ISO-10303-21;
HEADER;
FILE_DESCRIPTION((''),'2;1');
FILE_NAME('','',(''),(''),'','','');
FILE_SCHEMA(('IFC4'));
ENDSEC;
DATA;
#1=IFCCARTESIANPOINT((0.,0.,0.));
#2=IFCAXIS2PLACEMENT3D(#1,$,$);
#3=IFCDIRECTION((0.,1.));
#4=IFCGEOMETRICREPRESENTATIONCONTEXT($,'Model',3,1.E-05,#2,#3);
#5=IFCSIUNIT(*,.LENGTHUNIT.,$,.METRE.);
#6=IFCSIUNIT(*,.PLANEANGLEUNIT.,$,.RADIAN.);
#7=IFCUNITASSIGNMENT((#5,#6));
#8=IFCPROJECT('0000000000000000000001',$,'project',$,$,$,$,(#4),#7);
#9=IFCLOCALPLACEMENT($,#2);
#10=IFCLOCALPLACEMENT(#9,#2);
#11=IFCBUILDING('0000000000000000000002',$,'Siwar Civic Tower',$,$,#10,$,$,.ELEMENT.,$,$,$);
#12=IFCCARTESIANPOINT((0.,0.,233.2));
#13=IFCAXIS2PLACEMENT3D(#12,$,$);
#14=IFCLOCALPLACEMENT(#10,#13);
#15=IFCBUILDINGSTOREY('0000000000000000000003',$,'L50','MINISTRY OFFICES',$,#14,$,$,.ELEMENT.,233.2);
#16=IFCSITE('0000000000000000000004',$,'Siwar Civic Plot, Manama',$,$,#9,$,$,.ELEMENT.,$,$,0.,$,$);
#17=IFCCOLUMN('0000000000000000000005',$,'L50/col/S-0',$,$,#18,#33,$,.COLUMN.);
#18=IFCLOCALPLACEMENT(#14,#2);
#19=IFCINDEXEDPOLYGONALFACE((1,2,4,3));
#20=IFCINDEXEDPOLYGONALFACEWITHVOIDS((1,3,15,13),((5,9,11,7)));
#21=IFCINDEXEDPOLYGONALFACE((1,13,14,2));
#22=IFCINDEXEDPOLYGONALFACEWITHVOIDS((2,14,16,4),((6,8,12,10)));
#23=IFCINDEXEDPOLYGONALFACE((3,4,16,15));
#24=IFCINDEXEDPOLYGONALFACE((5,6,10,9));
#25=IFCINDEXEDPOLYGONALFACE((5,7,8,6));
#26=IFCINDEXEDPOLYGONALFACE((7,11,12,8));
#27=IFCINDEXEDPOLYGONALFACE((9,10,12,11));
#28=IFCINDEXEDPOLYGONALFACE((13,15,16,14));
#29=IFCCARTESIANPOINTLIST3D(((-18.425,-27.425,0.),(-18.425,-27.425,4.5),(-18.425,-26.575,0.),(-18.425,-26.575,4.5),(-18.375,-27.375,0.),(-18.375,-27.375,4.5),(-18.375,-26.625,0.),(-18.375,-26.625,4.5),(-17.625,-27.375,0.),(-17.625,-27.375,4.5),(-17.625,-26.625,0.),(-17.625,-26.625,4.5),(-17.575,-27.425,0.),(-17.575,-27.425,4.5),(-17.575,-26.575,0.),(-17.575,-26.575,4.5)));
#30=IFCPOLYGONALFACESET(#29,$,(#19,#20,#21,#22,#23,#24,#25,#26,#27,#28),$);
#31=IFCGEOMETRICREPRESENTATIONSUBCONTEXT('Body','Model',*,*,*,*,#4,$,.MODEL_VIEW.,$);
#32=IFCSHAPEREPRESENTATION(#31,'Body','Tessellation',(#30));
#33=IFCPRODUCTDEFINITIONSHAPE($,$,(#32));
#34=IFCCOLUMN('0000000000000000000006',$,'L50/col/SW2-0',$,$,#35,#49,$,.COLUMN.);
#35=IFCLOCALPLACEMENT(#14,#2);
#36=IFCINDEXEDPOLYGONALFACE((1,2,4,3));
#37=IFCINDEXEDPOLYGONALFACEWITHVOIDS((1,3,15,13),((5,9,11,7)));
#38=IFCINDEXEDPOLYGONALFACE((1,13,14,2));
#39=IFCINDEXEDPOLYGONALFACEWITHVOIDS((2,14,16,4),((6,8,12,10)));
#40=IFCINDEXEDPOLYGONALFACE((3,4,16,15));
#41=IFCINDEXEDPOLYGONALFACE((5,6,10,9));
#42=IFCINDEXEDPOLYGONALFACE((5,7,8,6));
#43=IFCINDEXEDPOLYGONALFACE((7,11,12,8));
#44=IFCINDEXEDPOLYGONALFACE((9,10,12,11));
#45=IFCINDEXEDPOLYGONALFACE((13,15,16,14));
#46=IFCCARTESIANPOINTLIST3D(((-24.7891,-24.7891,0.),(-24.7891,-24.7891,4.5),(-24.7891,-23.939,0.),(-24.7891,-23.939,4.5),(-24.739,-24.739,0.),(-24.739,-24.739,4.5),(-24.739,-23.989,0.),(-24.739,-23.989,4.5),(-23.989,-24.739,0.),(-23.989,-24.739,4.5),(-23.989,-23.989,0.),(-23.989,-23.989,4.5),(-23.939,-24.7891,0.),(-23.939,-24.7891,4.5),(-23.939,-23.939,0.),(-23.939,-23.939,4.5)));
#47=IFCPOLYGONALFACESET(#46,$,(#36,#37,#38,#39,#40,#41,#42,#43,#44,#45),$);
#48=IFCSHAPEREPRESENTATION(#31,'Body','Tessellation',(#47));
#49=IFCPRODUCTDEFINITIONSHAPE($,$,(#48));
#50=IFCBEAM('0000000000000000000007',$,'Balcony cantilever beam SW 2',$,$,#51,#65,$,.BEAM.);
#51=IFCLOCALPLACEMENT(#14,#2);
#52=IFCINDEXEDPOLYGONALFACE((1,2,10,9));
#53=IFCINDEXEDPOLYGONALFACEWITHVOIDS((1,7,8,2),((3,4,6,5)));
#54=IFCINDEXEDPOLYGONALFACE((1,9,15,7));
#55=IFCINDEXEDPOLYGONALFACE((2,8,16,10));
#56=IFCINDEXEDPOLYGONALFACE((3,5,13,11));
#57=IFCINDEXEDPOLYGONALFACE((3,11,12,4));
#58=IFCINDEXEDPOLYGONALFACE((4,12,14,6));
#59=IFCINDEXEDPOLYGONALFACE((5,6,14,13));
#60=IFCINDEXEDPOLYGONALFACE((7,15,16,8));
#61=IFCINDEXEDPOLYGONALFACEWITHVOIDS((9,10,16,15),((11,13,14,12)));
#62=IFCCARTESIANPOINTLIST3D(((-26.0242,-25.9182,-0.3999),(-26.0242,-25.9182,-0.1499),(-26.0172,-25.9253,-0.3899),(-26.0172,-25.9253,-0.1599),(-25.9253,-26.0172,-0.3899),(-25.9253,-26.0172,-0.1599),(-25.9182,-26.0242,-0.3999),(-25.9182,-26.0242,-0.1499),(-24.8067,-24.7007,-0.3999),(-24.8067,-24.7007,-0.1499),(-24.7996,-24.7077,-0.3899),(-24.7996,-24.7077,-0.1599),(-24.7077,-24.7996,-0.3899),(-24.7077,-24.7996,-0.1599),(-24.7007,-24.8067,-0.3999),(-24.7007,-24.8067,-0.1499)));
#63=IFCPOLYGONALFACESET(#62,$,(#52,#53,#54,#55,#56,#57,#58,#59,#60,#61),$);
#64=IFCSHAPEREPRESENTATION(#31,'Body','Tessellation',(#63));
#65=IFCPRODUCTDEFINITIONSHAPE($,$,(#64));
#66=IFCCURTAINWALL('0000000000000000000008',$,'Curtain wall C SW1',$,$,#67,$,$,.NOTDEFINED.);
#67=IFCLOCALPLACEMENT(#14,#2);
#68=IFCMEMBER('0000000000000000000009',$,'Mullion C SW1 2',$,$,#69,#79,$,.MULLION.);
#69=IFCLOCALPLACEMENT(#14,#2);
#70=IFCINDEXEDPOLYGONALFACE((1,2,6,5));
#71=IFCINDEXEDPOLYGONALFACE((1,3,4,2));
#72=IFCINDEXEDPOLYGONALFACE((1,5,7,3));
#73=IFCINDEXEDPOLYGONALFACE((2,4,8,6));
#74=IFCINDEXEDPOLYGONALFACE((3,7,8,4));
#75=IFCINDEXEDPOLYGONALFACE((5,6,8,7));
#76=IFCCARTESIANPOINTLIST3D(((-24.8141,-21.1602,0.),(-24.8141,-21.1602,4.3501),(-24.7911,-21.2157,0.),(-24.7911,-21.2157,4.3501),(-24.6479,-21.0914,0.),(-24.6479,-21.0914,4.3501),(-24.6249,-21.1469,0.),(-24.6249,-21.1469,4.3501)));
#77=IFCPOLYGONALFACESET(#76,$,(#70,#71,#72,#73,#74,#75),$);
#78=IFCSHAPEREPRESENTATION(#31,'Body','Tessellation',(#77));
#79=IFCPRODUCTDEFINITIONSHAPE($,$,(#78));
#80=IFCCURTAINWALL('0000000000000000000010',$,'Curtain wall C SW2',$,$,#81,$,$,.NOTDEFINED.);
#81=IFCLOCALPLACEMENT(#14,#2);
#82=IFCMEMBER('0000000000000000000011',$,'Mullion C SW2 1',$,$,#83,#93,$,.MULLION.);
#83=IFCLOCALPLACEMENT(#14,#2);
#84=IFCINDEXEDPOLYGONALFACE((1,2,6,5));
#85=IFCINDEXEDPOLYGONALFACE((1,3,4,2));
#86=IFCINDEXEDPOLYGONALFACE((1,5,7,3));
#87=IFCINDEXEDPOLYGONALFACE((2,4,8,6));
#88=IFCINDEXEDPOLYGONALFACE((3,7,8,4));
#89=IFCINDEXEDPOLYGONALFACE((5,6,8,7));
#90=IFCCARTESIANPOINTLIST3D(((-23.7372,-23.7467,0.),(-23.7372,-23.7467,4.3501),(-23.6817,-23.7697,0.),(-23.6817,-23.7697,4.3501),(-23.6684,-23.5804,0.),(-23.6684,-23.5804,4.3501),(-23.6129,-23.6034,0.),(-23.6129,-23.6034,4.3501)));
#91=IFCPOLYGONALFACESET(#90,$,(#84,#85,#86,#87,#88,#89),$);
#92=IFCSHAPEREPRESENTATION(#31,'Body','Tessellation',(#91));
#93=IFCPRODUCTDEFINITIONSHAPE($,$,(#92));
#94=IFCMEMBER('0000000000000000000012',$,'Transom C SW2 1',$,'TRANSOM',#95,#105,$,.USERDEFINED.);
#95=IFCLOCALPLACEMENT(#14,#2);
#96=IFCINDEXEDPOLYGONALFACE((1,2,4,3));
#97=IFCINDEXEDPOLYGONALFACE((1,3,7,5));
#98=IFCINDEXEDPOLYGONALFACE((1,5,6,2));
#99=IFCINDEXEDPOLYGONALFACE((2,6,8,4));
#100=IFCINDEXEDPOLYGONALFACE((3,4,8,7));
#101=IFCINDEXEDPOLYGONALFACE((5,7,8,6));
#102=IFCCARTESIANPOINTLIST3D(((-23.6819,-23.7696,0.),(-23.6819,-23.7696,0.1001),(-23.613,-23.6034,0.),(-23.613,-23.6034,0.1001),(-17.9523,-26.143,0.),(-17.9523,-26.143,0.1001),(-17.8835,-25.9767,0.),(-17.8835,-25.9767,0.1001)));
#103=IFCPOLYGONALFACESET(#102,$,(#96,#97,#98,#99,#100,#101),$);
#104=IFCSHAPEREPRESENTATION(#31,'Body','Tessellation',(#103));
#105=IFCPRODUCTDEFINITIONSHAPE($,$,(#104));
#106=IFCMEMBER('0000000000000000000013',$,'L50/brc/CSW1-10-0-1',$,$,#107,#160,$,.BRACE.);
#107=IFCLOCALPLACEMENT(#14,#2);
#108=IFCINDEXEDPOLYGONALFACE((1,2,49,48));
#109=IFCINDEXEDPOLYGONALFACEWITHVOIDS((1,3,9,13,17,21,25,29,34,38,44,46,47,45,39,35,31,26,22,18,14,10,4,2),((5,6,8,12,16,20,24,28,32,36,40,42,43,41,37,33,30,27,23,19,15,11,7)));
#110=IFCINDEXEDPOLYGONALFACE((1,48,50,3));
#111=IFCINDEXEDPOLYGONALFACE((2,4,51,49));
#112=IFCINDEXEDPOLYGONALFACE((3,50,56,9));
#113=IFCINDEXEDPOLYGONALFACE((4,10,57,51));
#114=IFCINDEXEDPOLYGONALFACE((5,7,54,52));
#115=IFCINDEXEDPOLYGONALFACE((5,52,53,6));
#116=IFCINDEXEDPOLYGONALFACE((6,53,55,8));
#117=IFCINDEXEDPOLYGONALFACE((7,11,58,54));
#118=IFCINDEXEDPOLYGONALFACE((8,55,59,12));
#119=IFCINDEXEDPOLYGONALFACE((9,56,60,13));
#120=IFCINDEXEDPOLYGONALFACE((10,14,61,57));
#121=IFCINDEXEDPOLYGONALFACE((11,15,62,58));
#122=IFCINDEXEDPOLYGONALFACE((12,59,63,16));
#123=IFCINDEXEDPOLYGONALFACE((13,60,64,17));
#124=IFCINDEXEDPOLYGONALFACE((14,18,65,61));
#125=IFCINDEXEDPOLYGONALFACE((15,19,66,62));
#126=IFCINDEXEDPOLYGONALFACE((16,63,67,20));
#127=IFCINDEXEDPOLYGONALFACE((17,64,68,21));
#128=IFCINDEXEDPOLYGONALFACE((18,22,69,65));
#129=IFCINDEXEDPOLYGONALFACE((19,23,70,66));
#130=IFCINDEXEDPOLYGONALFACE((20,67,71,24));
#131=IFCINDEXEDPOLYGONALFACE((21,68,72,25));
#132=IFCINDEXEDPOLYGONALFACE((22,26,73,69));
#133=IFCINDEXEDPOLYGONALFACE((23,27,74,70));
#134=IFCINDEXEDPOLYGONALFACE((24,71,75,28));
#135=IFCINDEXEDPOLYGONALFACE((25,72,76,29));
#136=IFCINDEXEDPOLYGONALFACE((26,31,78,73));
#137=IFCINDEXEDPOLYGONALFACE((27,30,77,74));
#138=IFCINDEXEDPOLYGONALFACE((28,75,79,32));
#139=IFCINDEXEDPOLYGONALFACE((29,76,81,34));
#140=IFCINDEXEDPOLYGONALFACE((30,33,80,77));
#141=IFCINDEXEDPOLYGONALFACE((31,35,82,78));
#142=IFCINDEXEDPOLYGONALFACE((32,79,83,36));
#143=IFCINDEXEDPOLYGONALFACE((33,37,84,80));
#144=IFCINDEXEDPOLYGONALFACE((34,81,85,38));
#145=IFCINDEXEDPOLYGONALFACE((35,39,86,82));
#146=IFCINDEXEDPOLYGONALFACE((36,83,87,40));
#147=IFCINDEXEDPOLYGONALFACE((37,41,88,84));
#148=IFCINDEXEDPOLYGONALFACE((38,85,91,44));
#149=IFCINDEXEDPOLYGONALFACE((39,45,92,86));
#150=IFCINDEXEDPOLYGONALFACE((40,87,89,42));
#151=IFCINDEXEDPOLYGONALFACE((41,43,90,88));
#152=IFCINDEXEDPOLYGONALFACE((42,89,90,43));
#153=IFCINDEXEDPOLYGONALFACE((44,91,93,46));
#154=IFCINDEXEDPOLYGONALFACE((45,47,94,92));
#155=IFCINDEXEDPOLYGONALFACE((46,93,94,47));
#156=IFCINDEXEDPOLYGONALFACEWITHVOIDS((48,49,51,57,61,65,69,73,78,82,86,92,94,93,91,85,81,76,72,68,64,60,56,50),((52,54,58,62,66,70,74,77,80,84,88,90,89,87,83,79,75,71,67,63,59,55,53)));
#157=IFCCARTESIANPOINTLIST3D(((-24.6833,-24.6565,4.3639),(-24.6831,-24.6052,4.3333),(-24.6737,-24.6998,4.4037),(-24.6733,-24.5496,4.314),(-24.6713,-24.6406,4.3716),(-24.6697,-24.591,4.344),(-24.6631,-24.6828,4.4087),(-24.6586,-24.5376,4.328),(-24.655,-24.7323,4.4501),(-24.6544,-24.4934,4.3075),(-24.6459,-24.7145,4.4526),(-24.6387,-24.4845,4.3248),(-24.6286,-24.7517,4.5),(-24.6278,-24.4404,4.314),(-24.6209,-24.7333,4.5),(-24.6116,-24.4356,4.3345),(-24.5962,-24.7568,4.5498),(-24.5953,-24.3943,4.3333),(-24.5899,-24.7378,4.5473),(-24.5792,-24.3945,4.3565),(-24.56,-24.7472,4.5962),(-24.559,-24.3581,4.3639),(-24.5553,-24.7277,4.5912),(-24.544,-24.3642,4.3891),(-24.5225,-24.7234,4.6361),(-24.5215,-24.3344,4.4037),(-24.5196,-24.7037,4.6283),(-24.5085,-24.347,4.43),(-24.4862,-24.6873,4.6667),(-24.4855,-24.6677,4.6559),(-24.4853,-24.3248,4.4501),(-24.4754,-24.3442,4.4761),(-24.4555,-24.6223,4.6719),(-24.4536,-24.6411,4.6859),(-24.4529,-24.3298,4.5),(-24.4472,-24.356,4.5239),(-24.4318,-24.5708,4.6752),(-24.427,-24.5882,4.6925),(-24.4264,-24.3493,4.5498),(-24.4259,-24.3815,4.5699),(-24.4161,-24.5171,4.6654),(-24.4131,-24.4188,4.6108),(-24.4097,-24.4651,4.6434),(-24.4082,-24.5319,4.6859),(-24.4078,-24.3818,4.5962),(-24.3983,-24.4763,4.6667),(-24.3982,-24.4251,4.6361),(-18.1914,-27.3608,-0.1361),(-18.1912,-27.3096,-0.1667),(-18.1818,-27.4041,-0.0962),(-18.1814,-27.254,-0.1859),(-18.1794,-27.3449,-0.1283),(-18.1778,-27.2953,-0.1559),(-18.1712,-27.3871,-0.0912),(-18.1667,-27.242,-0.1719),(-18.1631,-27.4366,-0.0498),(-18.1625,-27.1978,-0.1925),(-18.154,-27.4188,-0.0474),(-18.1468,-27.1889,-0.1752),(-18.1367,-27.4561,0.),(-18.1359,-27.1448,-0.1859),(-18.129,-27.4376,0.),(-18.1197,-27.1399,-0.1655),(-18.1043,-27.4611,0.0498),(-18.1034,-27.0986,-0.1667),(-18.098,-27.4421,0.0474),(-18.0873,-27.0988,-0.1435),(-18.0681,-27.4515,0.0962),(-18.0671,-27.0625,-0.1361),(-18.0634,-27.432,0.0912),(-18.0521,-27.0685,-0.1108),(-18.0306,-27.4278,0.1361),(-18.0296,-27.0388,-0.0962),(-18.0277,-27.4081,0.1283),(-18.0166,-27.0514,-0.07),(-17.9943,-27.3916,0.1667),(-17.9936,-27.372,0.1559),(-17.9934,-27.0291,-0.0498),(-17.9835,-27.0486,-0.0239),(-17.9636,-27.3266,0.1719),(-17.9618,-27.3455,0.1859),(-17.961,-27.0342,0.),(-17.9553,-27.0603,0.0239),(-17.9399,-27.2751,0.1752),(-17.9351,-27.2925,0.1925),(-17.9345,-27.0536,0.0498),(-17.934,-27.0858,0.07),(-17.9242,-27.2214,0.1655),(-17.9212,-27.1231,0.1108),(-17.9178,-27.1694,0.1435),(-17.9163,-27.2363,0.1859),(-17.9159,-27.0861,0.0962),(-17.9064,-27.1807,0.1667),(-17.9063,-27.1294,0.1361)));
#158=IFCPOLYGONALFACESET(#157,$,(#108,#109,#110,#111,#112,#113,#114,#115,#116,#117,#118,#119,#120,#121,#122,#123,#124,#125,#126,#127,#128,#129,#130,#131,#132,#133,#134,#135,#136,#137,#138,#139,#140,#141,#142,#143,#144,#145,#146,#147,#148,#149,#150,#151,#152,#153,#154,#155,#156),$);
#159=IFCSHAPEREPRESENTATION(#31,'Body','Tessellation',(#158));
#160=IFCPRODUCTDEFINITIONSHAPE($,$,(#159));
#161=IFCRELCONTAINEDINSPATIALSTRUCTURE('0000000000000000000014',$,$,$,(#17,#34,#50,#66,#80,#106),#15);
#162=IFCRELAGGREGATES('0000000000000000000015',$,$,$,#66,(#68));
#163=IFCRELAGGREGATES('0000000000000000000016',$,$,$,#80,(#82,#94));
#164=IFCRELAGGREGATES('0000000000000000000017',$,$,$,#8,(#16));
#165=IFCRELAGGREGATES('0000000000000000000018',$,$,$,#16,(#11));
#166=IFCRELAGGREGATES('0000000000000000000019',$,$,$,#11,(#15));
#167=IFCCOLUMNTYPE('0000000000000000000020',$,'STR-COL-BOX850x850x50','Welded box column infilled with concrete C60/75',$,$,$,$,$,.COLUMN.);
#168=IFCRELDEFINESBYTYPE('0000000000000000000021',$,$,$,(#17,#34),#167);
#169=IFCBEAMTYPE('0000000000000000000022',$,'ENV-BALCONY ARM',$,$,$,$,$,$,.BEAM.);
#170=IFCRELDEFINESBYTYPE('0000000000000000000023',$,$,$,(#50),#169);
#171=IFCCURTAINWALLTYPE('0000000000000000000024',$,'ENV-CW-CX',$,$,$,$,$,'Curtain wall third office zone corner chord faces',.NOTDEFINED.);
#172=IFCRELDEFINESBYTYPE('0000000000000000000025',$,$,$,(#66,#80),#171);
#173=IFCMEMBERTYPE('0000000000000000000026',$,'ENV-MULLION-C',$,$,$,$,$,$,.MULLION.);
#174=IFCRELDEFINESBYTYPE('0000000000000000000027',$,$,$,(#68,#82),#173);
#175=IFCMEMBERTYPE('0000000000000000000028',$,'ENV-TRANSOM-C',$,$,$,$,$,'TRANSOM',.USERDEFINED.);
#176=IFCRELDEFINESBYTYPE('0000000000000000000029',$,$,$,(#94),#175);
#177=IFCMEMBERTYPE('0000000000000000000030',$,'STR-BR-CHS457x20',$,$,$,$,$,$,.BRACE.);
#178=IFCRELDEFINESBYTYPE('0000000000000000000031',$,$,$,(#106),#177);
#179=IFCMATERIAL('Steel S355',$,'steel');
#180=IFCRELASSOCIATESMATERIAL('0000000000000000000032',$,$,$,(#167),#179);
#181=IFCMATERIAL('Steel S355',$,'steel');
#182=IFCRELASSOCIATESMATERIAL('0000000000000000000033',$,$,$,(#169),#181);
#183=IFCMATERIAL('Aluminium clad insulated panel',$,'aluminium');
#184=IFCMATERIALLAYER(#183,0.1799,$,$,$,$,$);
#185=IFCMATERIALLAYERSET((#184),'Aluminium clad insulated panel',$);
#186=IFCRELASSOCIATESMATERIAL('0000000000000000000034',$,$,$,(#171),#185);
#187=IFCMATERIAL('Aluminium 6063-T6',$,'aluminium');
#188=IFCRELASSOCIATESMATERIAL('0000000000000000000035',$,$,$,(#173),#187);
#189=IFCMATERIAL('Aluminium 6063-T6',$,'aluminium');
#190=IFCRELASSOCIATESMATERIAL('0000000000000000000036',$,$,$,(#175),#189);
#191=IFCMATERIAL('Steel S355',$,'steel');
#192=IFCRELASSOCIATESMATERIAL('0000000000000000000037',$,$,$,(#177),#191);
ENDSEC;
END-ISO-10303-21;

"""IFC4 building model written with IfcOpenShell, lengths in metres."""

from ifc_helpers import new_model, si_unit, direction, frame, origin, origin_2d, place, context, subcontext, project, spatial, rectangle, hollow_rectangle, hollow_circle, extrude, material, layer, layer_set, material_profile, profile_set, type_object, element, aggregate, save


model = new_model("IFC4")

# Units and contexts
model_context = context("Model", 3, precision=1e-05, world=origin(), true_north=direction((0.0, 1.0)))
body_context = subcontext(model_context, "Body", "Model", "MODEL_VIEW")
ifc_project = project(units=[si_unit("LENGTHUNIT", "METRE"), si_unit("PLANEANGLEUNIT", "RADIAN")], contexts=[model_context])

# Site, building, storey
site_placement = place(None, origin())
site = spatial("IfcSite", under=ifc_project, at=site_placement, Name="Siwar Civic Plot, Manama", CompositionType="ELEMENT", RefElevation=0.0)
building_placement = place(site_placement, origin())
building = spatial("IfcBuilding", under=site, at=building_placement, Name="Siwar Civic Tower", CompositionType="ELEMENT")
storey_placement = place(building_placement, frame((0.0, 0.0, 233.2)))
storey = spatial("IfcBuildingStorey", under=building, at=storey_placement, Name="L50", Description="MINISTRY OFFICES", CompositionType="ELEMENT", Elevation=233.2)

# Columns
ifc_material_1 = material(Name="Steel S355", Category="steel")
ifc_material_profile_1 = material_profile(ifc_material_1, hollow_rectangle(XDim=0.8501, YDim=0.8501, WallThickness=0.05, at=origin_2d()), Name="BOX850x850x50")
ifc_profile_set_1 = profile_set([ifc_material_profile_1], Name="Steel S355")
column_type = type_object("IfcColumnType", Name="STR-COL-BOX850x850x50", Description="Welded box column infilled with concrete C60/75", PredefinedType="COLUMN", material=ifc_profile_set_1)
for number, where, z_axis, x_axis, name in (
    (1, (-18.0, -27.0, 0.0), (0.0, 0.0, 1.0), (1.0, 0.0, 0.0), "L50/col/S-0"),
    (2, (-24.364, -24.364, 0.0), (0.0, 0.0, 1.0), (1.0, 0.0, 0.0), "L50/col/SW2-0"),
):
    element("IfcColumn", number, at=place(storey_placement, frame(where, z_axis=z_axis, x_axis=x_axis)), inside=storey, type_object=column_type, Name=name, PredefinedType="COLUMN", context=body_context, shape_type="SweptSolid", body=[
        extrude(hollow_rectangle(XDim=0.8501, YDim=0.8501, WallThickness=0.05, at=origin_2d()), origin(), (0.0, 0.0, 1.0), 4.5),
    ])

# Beam
ifc_material_2 = material(Name="Steel S355", Category="steel")
ifc_material_profile_2 = material_profile(ifc_material_2, hollow_rectangle(XDim=0.1499, YDim=0.25, WallThickness=0.01, at=origin_2d()), Name="RHS250x150x10")
ifc_profile_set_2 = profile_set([ifc_material_profile_2], Name="Steel S355")
beam_type_1 = type_object("IfcBeamType", Name="ENV-BALCONY ARM", PredefinedType="BEAM", material=ifc_profile_set_2)
beam_1_placement = place(storey_placement, frame((-24.7537, -24.7537, -0.2749), z_axis=(-0.707107, -0.707107, 0.0), x_axis=(0.707107, -0.707107, 0.0)))
element("IfcBeam", 3, at=beam_1_placement, inside=storey, type_object=beam_type_1, Name="Balcony cantilever beam SW 2", PredefinedType="BEAM", context=body_context, shape_type="SweptSolid", body=[
    extrude(hollow_rectangle(XDim=0.1499, YDim=0.25, WallThickness=0.01, at=origin_2d()), origin(), (0.0, 0.0, 1.0), 1.7219),
])

# Curtain wall, member
ifc_material_3 = material(Name="Aluminium clad insulated panel", Category="aluminium")
ifc_layer_1 = layer(ifc_material_3, 0.1799)
ifc_layer_set_1 = layer_set([ifc_layer_1], Name="Aluminium clad insulated panel")
curtain_wall_type = type_object("IfcCurtainWallType", Name="ENV-CW-CX", ElementType="Curtain wall third office zone corner chord faces", PredefinedType="NOTDEFINED", material=ifc_layer_set_1)
curtain_wall_1_placement = place(storey_placement, origin())
curtain_wall_1 = element("IfcCurtainWall", 4, at=curtain_wall_1_placement, inside=storey, type_object=curtain_wall_type, Name="Curtain wall C SW1", PredefinedType="NOTDEFINED")
ifc_material_4 = material(Name="Aluminium 6063-T6", Category="aluminium")
ifc_material_profile_3 = material_profile(ifc_material_4, rectangle(XDim=0.1799, YDim=0.0601, at=origin_2d()), Name="AL 180x60")
ifc_profile_set_3 = profile_set([ifc_material_profile_3], Name="Aluminium 6063-T6")
member_type_1 = type_object("IfcMemberType", Name="ENV-MULLION-C", PredefinedType="MULLION", material=ifc_profile_set_3)
member_1_placement = place(storey_placement, frame((-24.7195, -21.1536, 0.0), z_axis=(0.0, 0.0, 1.0), x_axis=(0.92388, 0.382683, 0.0)))
member_1 = element("IfcMember", 5, at=member_1_placement, type_object=member_type_1, Name="Mullion C SW1 2", PredefinedType="MULLION", context=body_context, shape_type="SweptSolid", body=[
    extrude(rectangle(XDim=0.1799, YDim=0.0601, at=origin_2d()), origin(), (0.0, 0.0, 1.0), 4.3501),
])
aggregate(curtain_wall_1, [member_1])

# Curtain wall, members
curtain_wall_2_placement = place(storey_placement, origin())
curtain_wall_2 = element("IfcCurtainWall", 6, at=curtain_wall_2_placement, inside=storey, type_object=curtain_wall_type, Name="Curtain wall C SW2", PredefinedType="NOTDEFINED")
member_2_placement = place(storey_placement, frame((-23.675, -23.675, 0.0), z_axis=(0.0, 0.0, 1.0), x_axis=(0.382683, 0.92388, 0.0)))
member_2 = element("IfcMember", 7, at=member_2_placement, type_object=member_type_1, Name="Mullion C SW2 1", PredefinedType="MULLION", context=body_context, shape_type="SweptSolid", body=[
    extrude(rectangle(XDim=0.1799, YDim=0.0601, at=origin_2d()), origin(), (0.0, 0.0, 1.0), 4.3501),
])
ifc_material_5 = material(Name="Aluminium 6063-T6", Category="aluminium")
ifc_material_profile_4 = material_profile(ifc_material_5, rectangle(XDim=0.1799, YDim=0.1001, at=origin_2d()), Name="AL 180x100")
ifc_profile_set_4 = profile_set([ifc_material_profile_4], Name="Aluminium 6063-T6")
member_type_2 = type_object("IfcMemberType", Name="ENV-TRANSOM-C", ElementType="TRANSOM", PredefinedType="USERDEFINED", material=ifc_profile_set_4)
member_3_placement = place(storey_placement, frame((-23.6475, -23.6865, 0.05), z_axis=(0.923876, -0.382691, 0.0), x_axis=(0.382691, 0.923876, 0.0)))
member_3 = element("IfcMember", 8, at=member_3_placement, type_object=member_type_2, Name="Transom C SW2 1", ObjectType="TRANSOM", PredefinedType="USERDEFINED", context=body_context, shape_type="SweptSolid", body=[
    extrude(rectangle(XDim=0.1799, YDim=0.1001, at=origin_2d()), origin(), (0.0, 0.0, 1.0), 6.2017),
])

# Member
ifc_material_6 = material(Name="Steel S355", Category="steel")
ifc_material_profile_5 = material_profile(ifc_material_6, hollow_circle(Radius=0.2285, WallThickness=0.02, at=origin_2d()), Name="CHS457x20")
ifc_profile_set_5 = profile_set([ifc_material_profile_5], Name="Steel S355")
member_type_3 = type_object("IfcMemberType", Name="STR-BR-CHS457x20", PredefinedType="BRACE", material=ifc_profile_set_5)
member_4_placement = place(storey_placement, frame((-18.0488, -27.2451, 0.0), z_axis=(-0.777555, 0.323906, 0.538975), x_axis=(-0.384539, -0.923109, 0.0)))
element("IfcMember", 9, at=member_4_placement, inside=storey, type_object=member_type_3, Name="L50/brc/CSW1-10-0-1", PredefinedType="BRACE", context=body_context, shape_type="SweptSolid", body=[
    extrude(hollow_circle(Radius=0.2285, WallThickness=0.02, at=origin_2d()), origin(), (0.0, 0.0, 1.0), 8.3491),
])

aggregate(curtain_wall_2, [member_2, member_3])

save(model, "model.ifc")
